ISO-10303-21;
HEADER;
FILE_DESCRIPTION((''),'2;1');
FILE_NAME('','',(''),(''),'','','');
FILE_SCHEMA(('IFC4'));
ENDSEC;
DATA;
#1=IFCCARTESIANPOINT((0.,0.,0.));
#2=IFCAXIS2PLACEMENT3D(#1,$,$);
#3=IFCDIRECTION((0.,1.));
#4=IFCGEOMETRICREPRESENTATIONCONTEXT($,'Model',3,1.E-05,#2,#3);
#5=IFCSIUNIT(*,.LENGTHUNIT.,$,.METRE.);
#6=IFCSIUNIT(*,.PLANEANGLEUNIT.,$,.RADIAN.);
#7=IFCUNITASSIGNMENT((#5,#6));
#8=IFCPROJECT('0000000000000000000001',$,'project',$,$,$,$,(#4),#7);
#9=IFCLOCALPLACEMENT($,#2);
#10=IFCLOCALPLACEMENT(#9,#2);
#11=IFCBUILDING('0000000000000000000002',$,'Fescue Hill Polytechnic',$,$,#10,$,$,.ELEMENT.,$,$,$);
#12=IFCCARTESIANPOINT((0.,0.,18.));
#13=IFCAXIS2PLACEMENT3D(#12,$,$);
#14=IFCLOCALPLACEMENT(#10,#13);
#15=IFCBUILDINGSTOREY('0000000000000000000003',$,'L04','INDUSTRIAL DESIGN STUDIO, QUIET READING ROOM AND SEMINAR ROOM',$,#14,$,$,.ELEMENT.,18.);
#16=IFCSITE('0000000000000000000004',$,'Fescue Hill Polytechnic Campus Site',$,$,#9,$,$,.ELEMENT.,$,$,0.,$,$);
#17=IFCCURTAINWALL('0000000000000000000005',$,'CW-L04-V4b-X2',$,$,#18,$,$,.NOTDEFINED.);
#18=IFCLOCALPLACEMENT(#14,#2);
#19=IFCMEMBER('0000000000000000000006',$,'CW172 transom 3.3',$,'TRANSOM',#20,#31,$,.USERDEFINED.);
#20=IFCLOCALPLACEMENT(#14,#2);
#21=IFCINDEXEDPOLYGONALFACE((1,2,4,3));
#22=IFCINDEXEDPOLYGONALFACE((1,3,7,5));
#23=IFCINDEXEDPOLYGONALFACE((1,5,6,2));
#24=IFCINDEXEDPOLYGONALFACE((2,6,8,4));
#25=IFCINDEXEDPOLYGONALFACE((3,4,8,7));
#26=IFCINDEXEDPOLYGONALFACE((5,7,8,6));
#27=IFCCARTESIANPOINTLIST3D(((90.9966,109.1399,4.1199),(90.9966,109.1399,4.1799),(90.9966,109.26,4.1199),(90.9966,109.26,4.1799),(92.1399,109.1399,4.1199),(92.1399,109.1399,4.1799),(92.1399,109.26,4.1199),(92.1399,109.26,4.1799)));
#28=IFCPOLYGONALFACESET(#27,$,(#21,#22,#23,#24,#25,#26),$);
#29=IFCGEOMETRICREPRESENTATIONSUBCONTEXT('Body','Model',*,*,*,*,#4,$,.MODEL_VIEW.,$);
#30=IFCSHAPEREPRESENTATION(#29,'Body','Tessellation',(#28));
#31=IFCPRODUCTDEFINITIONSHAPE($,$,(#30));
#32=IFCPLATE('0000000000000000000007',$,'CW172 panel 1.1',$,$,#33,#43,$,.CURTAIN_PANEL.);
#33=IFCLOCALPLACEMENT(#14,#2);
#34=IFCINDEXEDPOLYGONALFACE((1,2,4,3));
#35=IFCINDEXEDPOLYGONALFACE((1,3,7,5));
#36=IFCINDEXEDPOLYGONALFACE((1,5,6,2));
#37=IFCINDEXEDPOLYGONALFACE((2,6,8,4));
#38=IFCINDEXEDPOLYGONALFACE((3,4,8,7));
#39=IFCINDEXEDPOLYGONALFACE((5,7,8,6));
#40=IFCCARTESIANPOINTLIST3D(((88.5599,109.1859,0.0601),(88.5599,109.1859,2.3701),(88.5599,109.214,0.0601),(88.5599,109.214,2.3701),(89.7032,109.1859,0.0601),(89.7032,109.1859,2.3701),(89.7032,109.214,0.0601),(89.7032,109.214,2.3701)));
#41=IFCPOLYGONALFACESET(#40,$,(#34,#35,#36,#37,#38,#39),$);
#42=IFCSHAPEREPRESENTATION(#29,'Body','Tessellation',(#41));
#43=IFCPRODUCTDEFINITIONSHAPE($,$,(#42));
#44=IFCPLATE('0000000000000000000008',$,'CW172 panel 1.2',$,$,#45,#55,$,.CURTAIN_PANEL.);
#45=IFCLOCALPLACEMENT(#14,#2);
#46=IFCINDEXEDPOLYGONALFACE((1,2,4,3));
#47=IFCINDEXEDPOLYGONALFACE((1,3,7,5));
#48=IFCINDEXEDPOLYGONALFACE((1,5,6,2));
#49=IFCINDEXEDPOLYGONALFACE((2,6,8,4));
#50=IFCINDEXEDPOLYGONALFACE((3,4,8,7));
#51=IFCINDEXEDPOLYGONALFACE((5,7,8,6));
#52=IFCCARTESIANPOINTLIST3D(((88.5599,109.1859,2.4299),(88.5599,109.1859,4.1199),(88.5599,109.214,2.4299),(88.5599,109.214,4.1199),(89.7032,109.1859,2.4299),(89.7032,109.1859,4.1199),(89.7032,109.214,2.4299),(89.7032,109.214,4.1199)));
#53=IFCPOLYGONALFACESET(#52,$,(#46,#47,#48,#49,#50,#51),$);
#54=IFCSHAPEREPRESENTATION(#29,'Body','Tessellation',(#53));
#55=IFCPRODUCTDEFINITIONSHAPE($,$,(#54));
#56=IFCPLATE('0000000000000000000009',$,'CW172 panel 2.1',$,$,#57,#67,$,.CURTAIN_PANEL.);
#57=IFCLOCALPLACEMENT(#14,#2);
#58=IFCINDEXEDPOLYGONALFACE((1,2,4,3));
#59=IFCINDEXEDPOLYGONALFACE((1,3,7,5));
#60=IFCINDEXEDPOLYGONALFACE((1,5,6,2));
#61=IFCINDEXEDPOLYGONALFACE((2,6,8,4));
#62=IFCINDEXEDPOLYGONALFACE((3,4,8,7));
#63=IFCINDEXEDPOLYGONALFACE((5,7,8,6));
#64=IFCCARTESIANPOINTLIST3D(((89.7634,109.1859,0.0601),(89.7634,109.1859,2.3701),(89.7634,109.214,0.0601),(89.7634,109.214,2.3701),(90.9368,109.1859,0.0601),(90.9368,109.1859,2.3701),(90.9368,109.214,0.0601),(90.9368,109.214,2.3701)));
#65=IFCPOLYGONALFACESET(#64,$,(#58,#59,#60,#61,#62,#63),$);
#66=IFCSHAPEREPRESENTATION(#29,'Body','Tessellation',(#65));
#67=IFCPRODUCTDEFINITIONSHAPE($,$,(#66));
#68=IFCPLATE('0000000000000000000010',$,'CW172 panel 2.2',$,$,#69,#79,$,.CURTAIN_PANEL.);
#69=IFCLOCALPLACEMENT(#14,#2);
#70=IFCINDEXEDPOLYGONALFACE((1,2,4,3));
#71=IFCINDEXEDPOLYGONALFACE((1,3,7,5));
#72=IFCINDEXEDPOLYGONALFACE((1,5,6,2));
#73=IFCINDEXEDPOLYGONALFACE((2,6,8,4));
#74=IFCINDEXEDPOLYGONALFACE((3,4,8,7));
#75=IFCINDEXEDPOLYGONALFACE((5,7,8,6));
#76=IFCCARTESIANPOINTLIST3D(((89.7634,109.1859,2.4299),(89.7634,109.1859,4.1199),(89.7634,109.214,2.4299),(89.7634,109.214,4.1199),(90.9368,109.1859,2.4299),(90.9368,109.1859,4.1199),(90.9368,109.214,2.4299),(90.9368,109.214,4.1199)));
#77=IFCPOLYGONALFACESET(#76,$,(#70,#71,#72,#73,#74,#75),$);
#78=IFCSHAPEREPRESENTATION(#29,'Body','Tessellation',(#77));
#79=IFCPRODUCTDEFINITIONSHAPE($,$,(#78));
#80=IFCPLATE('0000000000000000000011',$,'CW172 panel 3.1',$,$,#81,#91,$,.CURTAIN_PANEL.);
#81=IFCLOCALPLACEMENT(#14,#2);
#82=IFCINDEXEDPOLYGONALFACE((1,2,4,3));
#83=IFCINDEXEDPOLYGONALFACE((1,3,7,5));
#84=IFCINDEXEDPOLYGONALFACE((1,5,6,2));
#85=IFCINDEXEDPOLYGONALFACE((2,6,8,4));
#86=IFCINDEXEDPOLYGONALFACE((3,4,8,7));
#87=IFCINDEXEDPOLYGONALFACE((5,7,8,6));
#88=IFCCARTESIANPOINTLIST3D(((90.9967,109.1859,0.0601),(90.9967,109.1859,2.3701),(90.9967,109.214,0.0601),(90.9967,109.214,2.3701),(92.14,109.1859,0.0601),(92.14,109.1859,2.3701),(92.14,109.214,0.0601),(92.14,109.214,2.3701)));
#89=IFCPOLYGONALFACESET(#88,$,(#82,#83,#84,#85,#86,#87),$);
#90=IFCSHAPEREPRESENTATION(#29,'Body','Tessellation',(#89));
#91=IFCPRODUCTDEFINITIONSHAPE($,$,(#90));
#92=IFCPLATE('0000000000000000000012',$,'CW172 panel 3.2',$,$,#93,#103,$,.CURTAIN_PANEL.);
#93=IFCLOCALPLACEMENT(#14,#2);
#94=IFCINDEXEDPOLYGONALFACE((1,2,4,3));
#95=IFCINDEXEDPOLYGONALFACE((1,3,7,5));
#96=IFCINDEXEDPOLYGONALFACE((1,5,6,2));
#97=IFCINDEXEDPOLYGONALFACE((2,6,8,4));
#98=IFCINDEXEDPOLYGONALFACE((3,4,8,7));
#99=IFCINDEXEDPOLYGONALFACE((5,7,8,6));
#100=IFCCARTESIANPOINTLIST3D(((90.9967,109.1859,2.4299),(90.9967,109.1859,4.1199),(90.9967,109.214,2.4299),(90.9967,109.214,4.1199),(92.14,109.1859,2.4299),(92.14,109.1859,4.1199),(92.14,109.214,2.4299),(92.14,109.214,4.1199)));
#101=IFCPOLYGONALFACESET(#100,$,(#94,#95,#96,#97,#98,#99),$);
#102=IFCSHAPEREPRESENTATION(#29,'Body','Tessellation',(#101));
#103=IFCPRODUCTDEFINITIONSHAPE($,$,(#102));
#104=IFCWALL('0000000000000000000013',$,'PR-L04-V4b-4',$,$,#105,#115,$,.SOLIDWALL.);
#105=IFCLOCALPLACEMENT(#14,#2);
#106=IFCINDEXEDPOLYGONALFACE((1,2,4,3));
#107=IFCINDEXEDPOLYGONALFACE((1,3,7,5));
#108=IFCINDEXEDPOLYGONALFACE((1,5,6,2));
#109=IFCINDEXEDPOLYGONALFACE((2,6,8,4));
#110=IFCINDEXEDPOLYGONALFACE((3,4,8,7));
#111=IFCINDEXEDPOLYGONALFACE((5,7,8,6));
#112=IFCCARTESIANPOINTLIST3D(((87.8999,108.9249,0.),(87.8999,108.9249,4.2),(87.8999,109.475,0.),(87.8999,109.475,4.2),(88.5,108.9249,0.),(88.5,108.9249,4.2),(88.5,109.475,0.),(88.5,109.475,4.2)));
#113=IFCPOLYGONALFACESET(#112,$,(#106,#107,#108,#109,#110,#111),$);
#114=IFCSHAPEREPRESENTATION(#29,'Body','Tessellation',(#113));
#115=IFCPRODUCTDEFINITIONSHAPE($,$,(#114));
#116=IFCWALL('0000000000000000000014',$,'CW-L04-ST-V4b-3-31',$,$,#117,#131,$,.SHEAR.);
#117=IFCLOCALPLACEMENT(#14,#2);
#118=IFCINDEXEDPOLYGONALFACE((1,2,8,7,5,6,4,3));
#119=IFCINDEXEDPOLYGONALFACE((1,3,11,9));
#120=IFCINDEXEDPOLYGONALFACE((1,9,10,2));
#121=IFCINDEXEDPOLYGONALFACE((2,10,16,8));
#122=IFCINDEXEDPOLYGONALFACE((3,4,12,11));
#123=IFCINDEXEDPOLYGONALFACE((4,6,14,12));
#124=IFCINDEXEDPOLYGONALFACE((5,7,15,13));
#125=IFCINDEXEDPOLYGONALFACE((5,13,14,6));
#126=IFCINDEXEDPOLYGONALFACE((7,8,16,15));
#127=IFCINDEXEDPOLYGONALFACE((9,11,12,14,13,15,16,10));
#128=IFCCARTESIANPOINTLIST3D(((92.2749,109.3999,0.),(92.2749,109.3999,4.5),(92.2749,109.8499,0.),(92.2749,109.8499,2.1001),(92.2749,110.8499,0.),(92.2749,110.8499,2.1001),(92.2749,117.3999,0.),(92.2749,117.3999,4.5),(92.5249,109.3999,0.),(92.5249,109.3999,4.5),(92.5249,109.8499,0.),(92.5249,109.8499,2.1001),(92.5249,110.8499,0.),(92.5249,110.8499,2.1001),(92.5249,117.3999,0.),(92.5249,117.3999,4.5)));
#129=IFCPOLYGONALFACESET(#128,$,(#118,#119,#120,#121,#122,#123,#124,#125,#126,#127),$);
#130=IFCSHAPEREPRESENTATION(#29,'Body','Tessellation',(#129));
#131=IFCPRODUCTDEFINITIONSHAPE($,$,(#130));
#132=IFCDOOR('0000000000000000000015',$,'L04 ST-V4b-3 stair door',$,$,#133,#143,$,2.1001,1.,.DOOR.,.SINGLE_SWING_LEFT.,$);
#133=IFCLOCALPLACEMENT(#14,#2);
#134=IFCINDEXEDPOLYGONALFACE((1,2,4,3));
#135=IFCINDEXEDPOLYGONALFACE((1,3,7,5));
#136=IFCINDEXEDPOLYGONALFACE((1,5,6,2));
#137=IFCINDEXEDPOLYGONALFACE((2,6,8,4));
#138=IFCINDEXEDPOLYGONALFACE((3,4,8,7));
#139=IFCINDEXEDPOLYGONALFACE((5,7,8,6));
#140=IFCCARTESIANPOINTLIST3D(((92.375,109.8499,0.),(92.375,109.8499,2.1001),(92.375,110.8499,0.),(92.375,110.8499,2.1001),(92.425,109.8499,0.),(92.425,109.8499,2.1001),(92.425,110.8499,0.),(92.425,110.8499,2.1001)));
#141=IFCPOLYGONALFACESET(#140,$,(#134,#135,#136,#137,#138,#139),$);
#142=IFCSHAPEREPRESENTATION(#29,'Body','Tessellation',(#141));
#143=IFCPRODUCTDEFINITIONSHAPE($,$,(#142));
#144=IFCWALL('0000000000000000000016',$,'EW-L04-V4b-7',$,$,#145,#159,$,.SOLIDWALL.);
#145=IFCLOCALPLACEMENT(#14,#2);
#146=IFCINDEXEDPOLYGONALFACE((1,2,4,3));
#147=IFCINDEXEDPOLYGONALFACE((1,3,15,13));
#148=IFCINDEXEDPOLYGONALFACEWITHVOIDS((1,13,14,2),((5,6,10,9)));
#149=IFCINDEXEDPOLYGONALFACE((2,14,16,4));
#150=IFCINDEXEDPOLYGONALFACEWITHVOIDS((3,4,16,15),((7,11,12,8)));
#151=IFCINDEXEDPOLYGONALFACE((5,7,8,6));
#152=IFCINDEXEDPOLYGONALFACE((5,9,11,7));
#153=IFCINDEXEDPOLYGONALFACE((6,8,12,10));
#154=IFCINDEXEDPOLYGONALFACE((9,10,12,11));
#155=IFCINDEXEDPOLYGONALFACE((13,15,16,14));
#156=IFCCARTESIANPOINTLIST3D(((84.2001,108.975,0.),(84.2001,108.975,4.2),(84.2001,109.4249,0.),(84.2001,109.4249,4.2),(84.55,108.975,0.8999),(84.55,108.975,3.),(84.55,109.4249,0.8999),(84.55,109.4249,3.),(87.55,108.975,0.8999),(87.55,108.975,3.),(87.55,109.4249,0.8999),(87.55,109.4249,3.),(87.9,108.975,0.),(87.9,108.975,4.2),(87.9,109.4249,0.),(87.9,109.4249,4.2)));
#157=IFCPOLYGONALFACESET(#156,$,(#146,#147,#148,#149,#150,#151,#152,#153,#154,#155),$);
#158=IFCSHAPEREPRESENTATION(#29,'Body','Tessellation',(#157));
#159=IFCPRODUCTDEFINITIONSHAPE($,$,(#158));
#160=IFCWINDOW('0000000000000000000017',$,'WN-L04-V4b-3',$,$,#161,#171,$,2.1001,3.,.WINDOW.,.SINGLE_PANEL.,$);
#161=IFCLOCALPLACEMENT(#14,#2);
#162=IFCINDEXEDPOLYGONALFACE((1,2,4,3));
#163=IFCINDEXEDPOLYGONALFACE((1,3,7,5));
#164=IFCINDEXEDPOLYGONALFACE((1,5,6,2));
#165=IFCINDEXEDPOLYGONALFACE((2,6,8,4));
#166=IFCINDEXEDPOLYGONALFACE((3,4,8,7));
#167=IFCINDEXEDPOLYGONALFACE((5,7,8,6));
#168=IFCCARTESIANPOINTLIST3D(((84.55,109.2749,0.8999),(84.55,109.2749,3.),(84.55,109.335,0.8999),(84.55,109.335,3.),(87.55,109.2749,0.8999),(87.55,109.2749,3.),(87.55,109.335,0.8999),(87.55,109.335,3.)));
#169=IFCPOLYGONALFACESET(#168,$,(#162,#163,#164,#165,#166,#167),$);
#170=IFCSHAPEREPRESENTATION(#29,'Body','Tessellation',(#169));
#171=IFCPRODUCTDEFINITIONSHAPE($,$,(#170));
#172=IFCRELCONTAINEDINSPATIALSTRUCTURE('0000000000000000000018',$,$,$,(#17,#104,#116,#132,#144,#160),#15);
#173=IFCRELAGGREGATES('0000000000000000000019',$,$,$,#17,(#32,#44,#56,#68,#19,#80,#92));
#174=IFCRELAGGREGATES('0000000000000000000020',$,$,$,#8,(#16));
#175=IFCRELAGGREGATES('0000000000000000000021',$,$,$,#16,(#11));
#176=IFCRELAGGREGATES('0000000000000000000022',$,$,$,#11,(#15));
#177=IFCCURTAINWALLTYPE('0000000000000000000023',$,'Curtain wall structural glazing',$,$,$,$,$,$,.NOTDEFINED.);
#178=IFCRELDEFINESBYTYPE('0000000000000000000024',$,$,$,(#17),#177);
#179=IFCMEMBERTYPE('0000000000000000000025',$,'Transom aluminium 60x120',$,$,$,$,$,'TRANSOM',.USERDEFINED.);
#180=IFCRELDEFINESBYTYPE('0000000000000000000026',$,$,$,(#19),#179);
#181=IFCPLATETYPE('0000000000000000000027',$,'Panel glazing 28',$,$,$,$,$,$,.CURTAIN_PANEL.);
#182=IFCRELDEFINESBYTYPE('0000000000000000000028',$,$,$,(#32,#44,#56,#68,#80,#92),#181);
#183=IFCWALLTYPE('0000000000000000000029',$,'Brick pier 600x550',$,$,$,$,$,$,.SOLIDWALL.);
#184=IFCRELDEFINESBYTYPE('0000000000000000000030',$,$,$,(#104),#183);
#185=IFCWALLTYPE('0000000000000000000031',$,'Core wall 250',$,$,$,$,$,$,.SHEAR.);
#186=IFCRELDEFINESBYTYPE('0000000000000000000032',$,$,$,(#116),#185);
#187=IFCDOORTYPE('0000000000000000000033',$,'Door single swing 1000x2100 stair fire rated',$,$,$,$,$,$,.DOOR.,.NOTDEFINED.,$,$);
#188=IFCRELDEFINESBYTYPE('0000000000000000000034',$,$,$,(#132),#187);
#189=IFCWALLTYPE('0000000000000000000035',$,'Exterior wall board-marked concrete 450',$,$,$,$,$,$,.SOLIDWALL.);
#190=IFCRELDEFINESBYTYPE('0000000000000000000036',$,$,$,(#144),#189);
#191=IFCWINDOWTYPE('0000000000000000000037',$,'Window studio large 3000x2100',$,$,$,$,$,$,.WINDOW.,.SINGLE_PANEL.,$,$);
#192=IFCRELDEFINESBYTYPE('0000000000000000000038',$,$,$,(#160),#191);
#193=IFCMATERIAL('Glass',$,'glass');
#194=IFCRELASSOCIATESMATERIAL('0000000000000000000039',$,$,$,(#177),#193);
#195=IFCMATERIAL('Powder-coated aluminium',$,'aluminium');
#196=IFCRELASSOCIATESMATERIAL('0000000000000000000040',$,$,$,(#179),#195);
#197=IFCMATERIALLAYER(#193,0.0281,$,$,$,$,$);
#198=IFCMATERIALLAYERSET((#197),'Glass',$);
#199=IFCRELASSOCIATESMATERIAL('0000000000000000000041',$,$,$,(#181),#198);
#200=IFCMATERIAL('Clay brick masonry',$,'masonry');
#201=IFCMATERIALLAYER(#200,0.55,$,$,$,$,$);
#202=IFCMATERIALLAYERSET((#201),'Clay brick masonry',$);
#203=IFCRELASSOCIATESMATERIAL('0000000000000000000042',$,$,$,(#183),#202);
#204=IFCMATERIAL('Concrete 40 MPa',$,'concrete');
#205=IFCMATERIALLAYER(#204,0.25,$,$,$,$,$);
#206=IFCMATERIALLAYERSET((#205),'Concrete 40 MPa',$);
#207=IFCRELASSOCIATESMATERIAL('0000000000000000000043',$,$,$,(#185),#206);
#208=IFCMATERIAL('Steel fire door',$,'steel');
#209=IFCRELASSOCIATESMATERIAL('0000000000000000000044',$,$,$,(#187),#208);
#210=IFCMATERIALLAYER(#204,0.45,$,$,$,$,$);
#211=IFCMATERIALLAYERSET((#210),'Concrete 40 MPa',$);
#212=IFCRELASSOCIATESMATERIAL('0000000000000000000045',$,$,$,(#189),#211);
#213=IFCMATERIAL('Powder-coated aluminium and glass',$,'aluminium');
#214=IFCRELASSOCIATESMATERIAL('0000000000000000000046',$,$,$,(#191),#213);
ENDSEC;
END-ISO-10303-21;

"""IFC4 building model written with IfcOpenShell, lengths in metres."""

from ifc_helpers import new_model, si_unit, direction, frame, frame_2d, origin, origin_2d, place, context, subcontext, project, spatial, rectangle, extrude, material, layer, layer_set, material_profile, profile_set, type_object, element, fill, aggregate, save


model = new_model("IFC4")

# Units and contexts
model_context = context("Model", 3, precision=1e-05, world=origin(), true_north=direction((0.0, 1.0)))
body_context = subcontext(model_context, "Body", "Model", "MODEL_VIEW")
ifc_project = project(units=[si_unit("LENGTHUNIT", "METRE"), si_unit("PLANEANGLEUNIT", "RADIAN")], contexts=[model_context])

# Site, building, storey
site_placement = place(None, origin())
site = spatial("IfcSite", under=ifc_project, at=site_placement, Name="Fescue Hill Polytechnic Campus Site", CompositionType="ELEMENT", RefElevation=0.0)
building_placement = place(site_placement, origin())
building = spatial("IfcBuilding", under=site, at=building_placement, Name="Fescue Hill Polytechnic", CompositionType="ELEMENT")
storey_placement = place(building_placement, frame((0.0, 0.0, 18.0)))
storey = spatial("IfcBuildingStorey", under=building, at=storey_placement, Name="L04", Description="INDUSTRIAL DESIGN STUDIO, QUIET READING ROOM AND SEMINAR ROOM", CompositionType="ELEMENT", Elevation=18.0)

# Shared definitions
ifc_material_1 = material(Name="Concrete 40 MPa", Category="concrete")

# Curtain wall, member, plates
ifc_material_2 = material(Name="Glass", Category="glass")
curtain_wall_type = type_object("IfcCurtainWallType", Name="Curtain wall structural glazing", PredefinedType="NOTDEFINED", material=ifc_material_2)
curtain_wall_placement = place(storey_placement, origin())
curtain_wall = element("IfcCurtainWall", 1, at=curtain_wall_placement, inside=storey, type_object=curtain_wall_type, Name="CW-L04-V4b-X2", PredefinedType="NOTDEFINED")
ifc_material_3 = material(Name="Powder-coated aluminium", Category="aluminium")
ifc_material_profile_1 = material_profile(ifc_material_3, rectangle(XDim=0.1201, YDim=0.0601, at=origin_2d()), Name="Transom aluminium 60x120")
ifc_profile_set_1 = profile_set([ifc_material_profile_1], Name="Powder-coated aluminium")
member_type_1 = type_object("IfcMemberType", Name="Transom aluminium 60x120", ElementType="TRANSOM", PredefinedType="USERDEFINED", material=ifc_profile_set_1)
member_1_placement = place(storey_placement, frame((90.9966, 109.2, 4.1499), z_axis=(1.0, 0.0, 0.0), x_axis=(0.0, 1.0, 0.0)))
member_1 = element("IfcMember", 2, at=member_1_placement, type_object=member_type_1, Name="CW172 transom 3.3", ObjectType="TRANSOM", PredefinedType="USERDEFINED", context=body_context, shape_type="SweptSolid", body=[
    extrude(rectangle(XDim=0.1201, YDim=0.0601, at=origin_2d()), origin(), (0.0, 0.0, 1.0), 1.1433),
])
ifc_layer_1 = layer(ifc_material_2, 0.0281)
ifc_layer_set_1 = layer_set([ifc_layer_1], Name="Glass")
plate_type = type_object("IfcPlateType", Name="Panel glazing 28", PredefinedType="CURTAIN_PANEL", material=ifc_layer_set_1)
plate_1_placement = place(storey_placement, frame((89.1316, 109.2, 0.0601), z_axis=(0.0, 0.0, 1.0), x_axis=(1.0, 0.0, 0.0)))
plate_1 = element("IfcPlate", 3, at=plate_1_placement, type_object=plate_type, Name="CW172 panel 1.1", PredefinedType="CURTAIN_PANEL", context=body_context, shape_type="SweptSolid", body=[
    extrude(rectangle(XDim=1.1433, YDim=0.0281, at=origin_2d()), origin(), (0.0, 0.0, 1.0), 2.3101),
])
plate_2_placement = place(storey_placement, frame((89.1316, 109.2, 2.4299), z_axis=(0.0, 0.0, 1.0), x_axis=(1.0, 0.0, 0.0)))
plate_2 = element("IfcPlate", 4, at=plate_2_placement, type_object=plate_type, Name="CW172 panel 1.2", PredefinedType="CURTAIN_PANEL", context=body_context, shape_type="SweptSolid", body=[
    extrude(rectangle(XDim=1.1433, YDim=0.0281, at=origin_2d()), origin(), (0.0, 0.0, 1.0), 1.6899),
])
plate_3_placement = place(storey_placement, frame((90.3501, 109.2, 0.0601), z_axis=(0.0, 0.0, 1.0), x_axis=(1.0, 0.0, 0.0)))
plate_3 = element("IfcPlate", 5, at=plate_3_placement, type_object=plate_type, Name="CW172 panel 2.1", PredefinedType="CURTAIN_PANEL", context=body_context, shape_type="SweptSolid", body=[
    extrude(rectangle(XDim=1.1733, YDim=0.0281, at=origin_2d()), origin(), (0.0, 0.0, 1.0), 2.3101),
])
plate_4_placement = place(storey_placement, frame((90.3501, 109.2, 2.4299), z_axis=(0.0, 0.0, 1.0), x_axis=(1.0, 0.0, 0.0)))
plate_4 = element("IfcPlate", 6, at=plate_4_placement, type_object=plate_type, Name="CW172 panel 2.2", PredefinedType="CURTAIN_PANEL", context=body_context, shape_type="SweptSolid", body=[
    extrude(rectangle(XDim=1.1733, YDim=0.0281, at=origin_2d()), origin(), (0.0, 0.0, 1.0), 1.6899),
])
plate_5_placement = place(storey_placement, frame((91.5684, 109.2, 0.0601), z_axis=(0.0, 0.0, 1.0), x_axis=(1.0, 0.0, 0.0)))
plate_5 = element("IfcPlate", 7, at=plate_5_placement, type_object=plate_type, Name="CW172 panel 3.1", PredefinedType="CURTAIN_PANEL", context=body_context, shape_type="SweptSolid", body=[
    extrude(rectangle(XDim=1.1433, YDim=0.0281, at=origin_2d()), origin(), (0.0, 0.0, 1.0), 2.3101),
])
plate_6_placement = place(storey_placement, frame((91.5684, 109.2, 2.4299), z_axis=(0.0, 0.0, 1.0), x_axis=(1.0, 0.0, 0.0)))
plate_6 = element("IfcPlate", 8, at=plate_6_placement, type_object=plate_type, Name="CW172 panel 3.2", PredefinedType="CURTAIN_PANEL", context=body_context, shape_type="SweptSolid", body=[
    extrude(rectangle(XDim=1.1433, YDim=0.0281, at=origin_2d()), origin(), (0.0, 0.0, 1.0), 1.6899),
])
aggregate(curtain_wall, [plate_1, plate_2, plate_3, plate_4, member_1, plate_5, plate_6])

# Wall
ifc_material_4 = material(Name="Clay brick masonry", Category="masonry")
ifc_layer_2 = layer(ifc_material_4, 0.55)
ifc_layer_set_2 = layer_set([ifc_layer_2], Name="Clay brick masonry")
wall_type_1 = type_object("IfcWallType", Name="Brick pier 600x550", PredefinedType="SOLIDWALL", material=ifc_layer_set_2)
wall_1_placement = place(storey_placement, frame((87.8999, 109.2, 0.0), z_axis=(0.0, 0.0, 1.0), x_axis=(1.0, 0.0, 0.0)))
element("IfcWall", 9, at=wall_1_placement, inside=storey, type_object=wall_type_1, Name="PR-L04-V4b-4", PredefinedType="SOLIDWALL", context=body_context, shape_type="SweptSolid", body=[
    extrude(rectangle(XDim=0.6001, YDim=0.55, at=frame_2d((0.3, 0.0))), origin(), (0.0, 0.0, 1.0), 4.2),
])

# Wall, opening, door
ifc_layer_3 = layer(ifc_material_1, 0.25)
ifc_layer_set_3 = layer_set([ifc_layer_3], Name="Concrete 40 MPa")
wall_type_2 = type_object("IfcWallType", Name="Core wall 250", PredefinedType="SHEAR", material=ifc_layer_set_3)
wall_2_placement = place(storey_placement, frame((92.3999, 109.3999, 0.0), z_axis=(0.0, 0.0, 1.0), x_axis=(0.0, 1.0, 0.0)))
wall_2 = element("IfcWall", 10, at=wall_2_placement, inside=storey, type_object=wall_type_2, Name="CW-L04-ST-V4b-3-31", PredefinedType="SHEAR", context=body_context, shape_type="SweptSolid", body=[
    extrude(rectangle(XDim=8.0, YDim=0.25, at=frame_2d((4.0, 0.0))), origin(), (0.0, 0.0, 1.0), 4.5),
])
opening_1_placement = place(wall_2_placement, frame((0.45, 0.0, 0.0)))
opening_1 = element("IfcOpeningElement", 11, at=opening_1_placement, cuts=wall_2, PredefinedType="OPENING", context=body_context, shape_type="SweptSolid", body=[
    extrude(rectangle(XDim=1.0, YDim=2.1001, at=frame_2d((0.5, 1.05))), frame((0.0, 0.135, 0.0), z_axis=(0.0, -1.0, 0.0), x_axis=(1.0, 0.0, 0.0)), (0.0, 0.0, 1.0), 0.27),
])
ifc_material_5 = material(Name="Steel fire door", Category="steel")
door_type = type_object("IfcDoorType", Name="Door single swing 1000x2100 stair fire rated", OperationType="NOTDEFINED", PredefinedType="DOOR", material=ifc_material_5)
door_placement = place(opening_1_placement, origin())
door = element("IfcDoor", 12, at=door_placement, inside=storey, type_object=door_type, Name="L04 ST-V4b-3 stair door", OperationType="SINGLE_SWING_LEFT", OverallHeight=2.1001, OverallWidth=1.0, PredefinedType="DOOR", context=body_context, shape_type="SweptSolid", body=[
    extrude(rectangle(XDim=1.0, YDim=2.1001, at=frame_2d((0.5, 1.05))), frame((0.0, 0.0249, 0.0), z_axis=(0.0, -1.0, 0.0), x_axis=(1.0, 0.0, 0.0)), (0.0, 0.0, 1.0), 0.05),
])
fill(opening_1, door)

# Wall, opening, window
ifc_layer_4 = layer(ifc_material_1, 0.45)
ifc_layer_set_4 = layer_set([ifc_layer_4], Name="Concrete 40 MPa")
wall_type_3 = type_object("IfcWallType", Name="Exterior wall board-marked concrete 450", PredefinedType="SOLIDWALL", material=ifc_layer_set_4)
wall_3_placement = place(storey_placement, frame((84.2, 109.2, 0.0), z_axis=(0.0, 0.0, 1.0), x_axis=(1.0, 0.0, 0.0)))
wall_3 = element("IfcWall", 13, at=wall_3_placement, inside=storey, type_object=wall_type_3, Name="EW-L04-V4b-7", PredefinedType="SOLIDWALL", context=body_context, shape_type="SweptSolid", body=[
    extrude(rectangle(XDim=3.7, YDim=0.45, at=frame_2d((1.8501, 0.0))), origin(), (0.0, 0.0, 1.0), 4.2),
])
opening_2_placement = place(wall_3_placement, frame((0.3501, 0.0, 0.8999)))
opening_2 = element("IfcOpeningElement", 14, at=opening_2_placement, cuts=wall_3, PredefinedType="OPENING", context=body_context, shape_type="SweptSolid", body=[
    extrude(rectangle(XDim=3.0, YDim=2.1001, at=frame_2d((1.5, 1.05))), frame((0.0, 0.2349, 0.0), z_axis=(0.0, -1.0, 0.0), x_axis=(1.0, 0.0, 0.0)), (0.0, 0.0, 1.0), 0.47),
])
ifc_material_6 = material(Name="Powder-coated aluminium and glass", Category="aluminium")
window_type = type_object("IfcWindowType", Name="Window studio large 3000x2100", PartitioningType="SINGLE_PANEL", PredefinedType="WINDOW", material=ifc_material_6)
window_placement = place(opening_2_placement, origin())
window = element("IfcWindow", 15, at=window_placement, inside=storey, type_object=window_type, Name="WN-L04-V4b-3", OverallHeight=2.1001, OverallWidth=3.0, PartitioningType="SINGLE_PANEL", PredefinedType="WINDOW", context=body_context, shape_type="SweptSolid", body=[
    extrude(rectangle(XDim=3.0, YDim=2.1001, at=frame_2d((1.5, 1.05))), frame((0.0, 0.135, 0.0), z_axis=(0.0, -1.0, 0.0), x_axis=(1.0, 0.0, 0.0)), (0.0, 0.0, 1.0), 0.0601),
])
fill(opening_2, window)

save(model, "model.ifc")
